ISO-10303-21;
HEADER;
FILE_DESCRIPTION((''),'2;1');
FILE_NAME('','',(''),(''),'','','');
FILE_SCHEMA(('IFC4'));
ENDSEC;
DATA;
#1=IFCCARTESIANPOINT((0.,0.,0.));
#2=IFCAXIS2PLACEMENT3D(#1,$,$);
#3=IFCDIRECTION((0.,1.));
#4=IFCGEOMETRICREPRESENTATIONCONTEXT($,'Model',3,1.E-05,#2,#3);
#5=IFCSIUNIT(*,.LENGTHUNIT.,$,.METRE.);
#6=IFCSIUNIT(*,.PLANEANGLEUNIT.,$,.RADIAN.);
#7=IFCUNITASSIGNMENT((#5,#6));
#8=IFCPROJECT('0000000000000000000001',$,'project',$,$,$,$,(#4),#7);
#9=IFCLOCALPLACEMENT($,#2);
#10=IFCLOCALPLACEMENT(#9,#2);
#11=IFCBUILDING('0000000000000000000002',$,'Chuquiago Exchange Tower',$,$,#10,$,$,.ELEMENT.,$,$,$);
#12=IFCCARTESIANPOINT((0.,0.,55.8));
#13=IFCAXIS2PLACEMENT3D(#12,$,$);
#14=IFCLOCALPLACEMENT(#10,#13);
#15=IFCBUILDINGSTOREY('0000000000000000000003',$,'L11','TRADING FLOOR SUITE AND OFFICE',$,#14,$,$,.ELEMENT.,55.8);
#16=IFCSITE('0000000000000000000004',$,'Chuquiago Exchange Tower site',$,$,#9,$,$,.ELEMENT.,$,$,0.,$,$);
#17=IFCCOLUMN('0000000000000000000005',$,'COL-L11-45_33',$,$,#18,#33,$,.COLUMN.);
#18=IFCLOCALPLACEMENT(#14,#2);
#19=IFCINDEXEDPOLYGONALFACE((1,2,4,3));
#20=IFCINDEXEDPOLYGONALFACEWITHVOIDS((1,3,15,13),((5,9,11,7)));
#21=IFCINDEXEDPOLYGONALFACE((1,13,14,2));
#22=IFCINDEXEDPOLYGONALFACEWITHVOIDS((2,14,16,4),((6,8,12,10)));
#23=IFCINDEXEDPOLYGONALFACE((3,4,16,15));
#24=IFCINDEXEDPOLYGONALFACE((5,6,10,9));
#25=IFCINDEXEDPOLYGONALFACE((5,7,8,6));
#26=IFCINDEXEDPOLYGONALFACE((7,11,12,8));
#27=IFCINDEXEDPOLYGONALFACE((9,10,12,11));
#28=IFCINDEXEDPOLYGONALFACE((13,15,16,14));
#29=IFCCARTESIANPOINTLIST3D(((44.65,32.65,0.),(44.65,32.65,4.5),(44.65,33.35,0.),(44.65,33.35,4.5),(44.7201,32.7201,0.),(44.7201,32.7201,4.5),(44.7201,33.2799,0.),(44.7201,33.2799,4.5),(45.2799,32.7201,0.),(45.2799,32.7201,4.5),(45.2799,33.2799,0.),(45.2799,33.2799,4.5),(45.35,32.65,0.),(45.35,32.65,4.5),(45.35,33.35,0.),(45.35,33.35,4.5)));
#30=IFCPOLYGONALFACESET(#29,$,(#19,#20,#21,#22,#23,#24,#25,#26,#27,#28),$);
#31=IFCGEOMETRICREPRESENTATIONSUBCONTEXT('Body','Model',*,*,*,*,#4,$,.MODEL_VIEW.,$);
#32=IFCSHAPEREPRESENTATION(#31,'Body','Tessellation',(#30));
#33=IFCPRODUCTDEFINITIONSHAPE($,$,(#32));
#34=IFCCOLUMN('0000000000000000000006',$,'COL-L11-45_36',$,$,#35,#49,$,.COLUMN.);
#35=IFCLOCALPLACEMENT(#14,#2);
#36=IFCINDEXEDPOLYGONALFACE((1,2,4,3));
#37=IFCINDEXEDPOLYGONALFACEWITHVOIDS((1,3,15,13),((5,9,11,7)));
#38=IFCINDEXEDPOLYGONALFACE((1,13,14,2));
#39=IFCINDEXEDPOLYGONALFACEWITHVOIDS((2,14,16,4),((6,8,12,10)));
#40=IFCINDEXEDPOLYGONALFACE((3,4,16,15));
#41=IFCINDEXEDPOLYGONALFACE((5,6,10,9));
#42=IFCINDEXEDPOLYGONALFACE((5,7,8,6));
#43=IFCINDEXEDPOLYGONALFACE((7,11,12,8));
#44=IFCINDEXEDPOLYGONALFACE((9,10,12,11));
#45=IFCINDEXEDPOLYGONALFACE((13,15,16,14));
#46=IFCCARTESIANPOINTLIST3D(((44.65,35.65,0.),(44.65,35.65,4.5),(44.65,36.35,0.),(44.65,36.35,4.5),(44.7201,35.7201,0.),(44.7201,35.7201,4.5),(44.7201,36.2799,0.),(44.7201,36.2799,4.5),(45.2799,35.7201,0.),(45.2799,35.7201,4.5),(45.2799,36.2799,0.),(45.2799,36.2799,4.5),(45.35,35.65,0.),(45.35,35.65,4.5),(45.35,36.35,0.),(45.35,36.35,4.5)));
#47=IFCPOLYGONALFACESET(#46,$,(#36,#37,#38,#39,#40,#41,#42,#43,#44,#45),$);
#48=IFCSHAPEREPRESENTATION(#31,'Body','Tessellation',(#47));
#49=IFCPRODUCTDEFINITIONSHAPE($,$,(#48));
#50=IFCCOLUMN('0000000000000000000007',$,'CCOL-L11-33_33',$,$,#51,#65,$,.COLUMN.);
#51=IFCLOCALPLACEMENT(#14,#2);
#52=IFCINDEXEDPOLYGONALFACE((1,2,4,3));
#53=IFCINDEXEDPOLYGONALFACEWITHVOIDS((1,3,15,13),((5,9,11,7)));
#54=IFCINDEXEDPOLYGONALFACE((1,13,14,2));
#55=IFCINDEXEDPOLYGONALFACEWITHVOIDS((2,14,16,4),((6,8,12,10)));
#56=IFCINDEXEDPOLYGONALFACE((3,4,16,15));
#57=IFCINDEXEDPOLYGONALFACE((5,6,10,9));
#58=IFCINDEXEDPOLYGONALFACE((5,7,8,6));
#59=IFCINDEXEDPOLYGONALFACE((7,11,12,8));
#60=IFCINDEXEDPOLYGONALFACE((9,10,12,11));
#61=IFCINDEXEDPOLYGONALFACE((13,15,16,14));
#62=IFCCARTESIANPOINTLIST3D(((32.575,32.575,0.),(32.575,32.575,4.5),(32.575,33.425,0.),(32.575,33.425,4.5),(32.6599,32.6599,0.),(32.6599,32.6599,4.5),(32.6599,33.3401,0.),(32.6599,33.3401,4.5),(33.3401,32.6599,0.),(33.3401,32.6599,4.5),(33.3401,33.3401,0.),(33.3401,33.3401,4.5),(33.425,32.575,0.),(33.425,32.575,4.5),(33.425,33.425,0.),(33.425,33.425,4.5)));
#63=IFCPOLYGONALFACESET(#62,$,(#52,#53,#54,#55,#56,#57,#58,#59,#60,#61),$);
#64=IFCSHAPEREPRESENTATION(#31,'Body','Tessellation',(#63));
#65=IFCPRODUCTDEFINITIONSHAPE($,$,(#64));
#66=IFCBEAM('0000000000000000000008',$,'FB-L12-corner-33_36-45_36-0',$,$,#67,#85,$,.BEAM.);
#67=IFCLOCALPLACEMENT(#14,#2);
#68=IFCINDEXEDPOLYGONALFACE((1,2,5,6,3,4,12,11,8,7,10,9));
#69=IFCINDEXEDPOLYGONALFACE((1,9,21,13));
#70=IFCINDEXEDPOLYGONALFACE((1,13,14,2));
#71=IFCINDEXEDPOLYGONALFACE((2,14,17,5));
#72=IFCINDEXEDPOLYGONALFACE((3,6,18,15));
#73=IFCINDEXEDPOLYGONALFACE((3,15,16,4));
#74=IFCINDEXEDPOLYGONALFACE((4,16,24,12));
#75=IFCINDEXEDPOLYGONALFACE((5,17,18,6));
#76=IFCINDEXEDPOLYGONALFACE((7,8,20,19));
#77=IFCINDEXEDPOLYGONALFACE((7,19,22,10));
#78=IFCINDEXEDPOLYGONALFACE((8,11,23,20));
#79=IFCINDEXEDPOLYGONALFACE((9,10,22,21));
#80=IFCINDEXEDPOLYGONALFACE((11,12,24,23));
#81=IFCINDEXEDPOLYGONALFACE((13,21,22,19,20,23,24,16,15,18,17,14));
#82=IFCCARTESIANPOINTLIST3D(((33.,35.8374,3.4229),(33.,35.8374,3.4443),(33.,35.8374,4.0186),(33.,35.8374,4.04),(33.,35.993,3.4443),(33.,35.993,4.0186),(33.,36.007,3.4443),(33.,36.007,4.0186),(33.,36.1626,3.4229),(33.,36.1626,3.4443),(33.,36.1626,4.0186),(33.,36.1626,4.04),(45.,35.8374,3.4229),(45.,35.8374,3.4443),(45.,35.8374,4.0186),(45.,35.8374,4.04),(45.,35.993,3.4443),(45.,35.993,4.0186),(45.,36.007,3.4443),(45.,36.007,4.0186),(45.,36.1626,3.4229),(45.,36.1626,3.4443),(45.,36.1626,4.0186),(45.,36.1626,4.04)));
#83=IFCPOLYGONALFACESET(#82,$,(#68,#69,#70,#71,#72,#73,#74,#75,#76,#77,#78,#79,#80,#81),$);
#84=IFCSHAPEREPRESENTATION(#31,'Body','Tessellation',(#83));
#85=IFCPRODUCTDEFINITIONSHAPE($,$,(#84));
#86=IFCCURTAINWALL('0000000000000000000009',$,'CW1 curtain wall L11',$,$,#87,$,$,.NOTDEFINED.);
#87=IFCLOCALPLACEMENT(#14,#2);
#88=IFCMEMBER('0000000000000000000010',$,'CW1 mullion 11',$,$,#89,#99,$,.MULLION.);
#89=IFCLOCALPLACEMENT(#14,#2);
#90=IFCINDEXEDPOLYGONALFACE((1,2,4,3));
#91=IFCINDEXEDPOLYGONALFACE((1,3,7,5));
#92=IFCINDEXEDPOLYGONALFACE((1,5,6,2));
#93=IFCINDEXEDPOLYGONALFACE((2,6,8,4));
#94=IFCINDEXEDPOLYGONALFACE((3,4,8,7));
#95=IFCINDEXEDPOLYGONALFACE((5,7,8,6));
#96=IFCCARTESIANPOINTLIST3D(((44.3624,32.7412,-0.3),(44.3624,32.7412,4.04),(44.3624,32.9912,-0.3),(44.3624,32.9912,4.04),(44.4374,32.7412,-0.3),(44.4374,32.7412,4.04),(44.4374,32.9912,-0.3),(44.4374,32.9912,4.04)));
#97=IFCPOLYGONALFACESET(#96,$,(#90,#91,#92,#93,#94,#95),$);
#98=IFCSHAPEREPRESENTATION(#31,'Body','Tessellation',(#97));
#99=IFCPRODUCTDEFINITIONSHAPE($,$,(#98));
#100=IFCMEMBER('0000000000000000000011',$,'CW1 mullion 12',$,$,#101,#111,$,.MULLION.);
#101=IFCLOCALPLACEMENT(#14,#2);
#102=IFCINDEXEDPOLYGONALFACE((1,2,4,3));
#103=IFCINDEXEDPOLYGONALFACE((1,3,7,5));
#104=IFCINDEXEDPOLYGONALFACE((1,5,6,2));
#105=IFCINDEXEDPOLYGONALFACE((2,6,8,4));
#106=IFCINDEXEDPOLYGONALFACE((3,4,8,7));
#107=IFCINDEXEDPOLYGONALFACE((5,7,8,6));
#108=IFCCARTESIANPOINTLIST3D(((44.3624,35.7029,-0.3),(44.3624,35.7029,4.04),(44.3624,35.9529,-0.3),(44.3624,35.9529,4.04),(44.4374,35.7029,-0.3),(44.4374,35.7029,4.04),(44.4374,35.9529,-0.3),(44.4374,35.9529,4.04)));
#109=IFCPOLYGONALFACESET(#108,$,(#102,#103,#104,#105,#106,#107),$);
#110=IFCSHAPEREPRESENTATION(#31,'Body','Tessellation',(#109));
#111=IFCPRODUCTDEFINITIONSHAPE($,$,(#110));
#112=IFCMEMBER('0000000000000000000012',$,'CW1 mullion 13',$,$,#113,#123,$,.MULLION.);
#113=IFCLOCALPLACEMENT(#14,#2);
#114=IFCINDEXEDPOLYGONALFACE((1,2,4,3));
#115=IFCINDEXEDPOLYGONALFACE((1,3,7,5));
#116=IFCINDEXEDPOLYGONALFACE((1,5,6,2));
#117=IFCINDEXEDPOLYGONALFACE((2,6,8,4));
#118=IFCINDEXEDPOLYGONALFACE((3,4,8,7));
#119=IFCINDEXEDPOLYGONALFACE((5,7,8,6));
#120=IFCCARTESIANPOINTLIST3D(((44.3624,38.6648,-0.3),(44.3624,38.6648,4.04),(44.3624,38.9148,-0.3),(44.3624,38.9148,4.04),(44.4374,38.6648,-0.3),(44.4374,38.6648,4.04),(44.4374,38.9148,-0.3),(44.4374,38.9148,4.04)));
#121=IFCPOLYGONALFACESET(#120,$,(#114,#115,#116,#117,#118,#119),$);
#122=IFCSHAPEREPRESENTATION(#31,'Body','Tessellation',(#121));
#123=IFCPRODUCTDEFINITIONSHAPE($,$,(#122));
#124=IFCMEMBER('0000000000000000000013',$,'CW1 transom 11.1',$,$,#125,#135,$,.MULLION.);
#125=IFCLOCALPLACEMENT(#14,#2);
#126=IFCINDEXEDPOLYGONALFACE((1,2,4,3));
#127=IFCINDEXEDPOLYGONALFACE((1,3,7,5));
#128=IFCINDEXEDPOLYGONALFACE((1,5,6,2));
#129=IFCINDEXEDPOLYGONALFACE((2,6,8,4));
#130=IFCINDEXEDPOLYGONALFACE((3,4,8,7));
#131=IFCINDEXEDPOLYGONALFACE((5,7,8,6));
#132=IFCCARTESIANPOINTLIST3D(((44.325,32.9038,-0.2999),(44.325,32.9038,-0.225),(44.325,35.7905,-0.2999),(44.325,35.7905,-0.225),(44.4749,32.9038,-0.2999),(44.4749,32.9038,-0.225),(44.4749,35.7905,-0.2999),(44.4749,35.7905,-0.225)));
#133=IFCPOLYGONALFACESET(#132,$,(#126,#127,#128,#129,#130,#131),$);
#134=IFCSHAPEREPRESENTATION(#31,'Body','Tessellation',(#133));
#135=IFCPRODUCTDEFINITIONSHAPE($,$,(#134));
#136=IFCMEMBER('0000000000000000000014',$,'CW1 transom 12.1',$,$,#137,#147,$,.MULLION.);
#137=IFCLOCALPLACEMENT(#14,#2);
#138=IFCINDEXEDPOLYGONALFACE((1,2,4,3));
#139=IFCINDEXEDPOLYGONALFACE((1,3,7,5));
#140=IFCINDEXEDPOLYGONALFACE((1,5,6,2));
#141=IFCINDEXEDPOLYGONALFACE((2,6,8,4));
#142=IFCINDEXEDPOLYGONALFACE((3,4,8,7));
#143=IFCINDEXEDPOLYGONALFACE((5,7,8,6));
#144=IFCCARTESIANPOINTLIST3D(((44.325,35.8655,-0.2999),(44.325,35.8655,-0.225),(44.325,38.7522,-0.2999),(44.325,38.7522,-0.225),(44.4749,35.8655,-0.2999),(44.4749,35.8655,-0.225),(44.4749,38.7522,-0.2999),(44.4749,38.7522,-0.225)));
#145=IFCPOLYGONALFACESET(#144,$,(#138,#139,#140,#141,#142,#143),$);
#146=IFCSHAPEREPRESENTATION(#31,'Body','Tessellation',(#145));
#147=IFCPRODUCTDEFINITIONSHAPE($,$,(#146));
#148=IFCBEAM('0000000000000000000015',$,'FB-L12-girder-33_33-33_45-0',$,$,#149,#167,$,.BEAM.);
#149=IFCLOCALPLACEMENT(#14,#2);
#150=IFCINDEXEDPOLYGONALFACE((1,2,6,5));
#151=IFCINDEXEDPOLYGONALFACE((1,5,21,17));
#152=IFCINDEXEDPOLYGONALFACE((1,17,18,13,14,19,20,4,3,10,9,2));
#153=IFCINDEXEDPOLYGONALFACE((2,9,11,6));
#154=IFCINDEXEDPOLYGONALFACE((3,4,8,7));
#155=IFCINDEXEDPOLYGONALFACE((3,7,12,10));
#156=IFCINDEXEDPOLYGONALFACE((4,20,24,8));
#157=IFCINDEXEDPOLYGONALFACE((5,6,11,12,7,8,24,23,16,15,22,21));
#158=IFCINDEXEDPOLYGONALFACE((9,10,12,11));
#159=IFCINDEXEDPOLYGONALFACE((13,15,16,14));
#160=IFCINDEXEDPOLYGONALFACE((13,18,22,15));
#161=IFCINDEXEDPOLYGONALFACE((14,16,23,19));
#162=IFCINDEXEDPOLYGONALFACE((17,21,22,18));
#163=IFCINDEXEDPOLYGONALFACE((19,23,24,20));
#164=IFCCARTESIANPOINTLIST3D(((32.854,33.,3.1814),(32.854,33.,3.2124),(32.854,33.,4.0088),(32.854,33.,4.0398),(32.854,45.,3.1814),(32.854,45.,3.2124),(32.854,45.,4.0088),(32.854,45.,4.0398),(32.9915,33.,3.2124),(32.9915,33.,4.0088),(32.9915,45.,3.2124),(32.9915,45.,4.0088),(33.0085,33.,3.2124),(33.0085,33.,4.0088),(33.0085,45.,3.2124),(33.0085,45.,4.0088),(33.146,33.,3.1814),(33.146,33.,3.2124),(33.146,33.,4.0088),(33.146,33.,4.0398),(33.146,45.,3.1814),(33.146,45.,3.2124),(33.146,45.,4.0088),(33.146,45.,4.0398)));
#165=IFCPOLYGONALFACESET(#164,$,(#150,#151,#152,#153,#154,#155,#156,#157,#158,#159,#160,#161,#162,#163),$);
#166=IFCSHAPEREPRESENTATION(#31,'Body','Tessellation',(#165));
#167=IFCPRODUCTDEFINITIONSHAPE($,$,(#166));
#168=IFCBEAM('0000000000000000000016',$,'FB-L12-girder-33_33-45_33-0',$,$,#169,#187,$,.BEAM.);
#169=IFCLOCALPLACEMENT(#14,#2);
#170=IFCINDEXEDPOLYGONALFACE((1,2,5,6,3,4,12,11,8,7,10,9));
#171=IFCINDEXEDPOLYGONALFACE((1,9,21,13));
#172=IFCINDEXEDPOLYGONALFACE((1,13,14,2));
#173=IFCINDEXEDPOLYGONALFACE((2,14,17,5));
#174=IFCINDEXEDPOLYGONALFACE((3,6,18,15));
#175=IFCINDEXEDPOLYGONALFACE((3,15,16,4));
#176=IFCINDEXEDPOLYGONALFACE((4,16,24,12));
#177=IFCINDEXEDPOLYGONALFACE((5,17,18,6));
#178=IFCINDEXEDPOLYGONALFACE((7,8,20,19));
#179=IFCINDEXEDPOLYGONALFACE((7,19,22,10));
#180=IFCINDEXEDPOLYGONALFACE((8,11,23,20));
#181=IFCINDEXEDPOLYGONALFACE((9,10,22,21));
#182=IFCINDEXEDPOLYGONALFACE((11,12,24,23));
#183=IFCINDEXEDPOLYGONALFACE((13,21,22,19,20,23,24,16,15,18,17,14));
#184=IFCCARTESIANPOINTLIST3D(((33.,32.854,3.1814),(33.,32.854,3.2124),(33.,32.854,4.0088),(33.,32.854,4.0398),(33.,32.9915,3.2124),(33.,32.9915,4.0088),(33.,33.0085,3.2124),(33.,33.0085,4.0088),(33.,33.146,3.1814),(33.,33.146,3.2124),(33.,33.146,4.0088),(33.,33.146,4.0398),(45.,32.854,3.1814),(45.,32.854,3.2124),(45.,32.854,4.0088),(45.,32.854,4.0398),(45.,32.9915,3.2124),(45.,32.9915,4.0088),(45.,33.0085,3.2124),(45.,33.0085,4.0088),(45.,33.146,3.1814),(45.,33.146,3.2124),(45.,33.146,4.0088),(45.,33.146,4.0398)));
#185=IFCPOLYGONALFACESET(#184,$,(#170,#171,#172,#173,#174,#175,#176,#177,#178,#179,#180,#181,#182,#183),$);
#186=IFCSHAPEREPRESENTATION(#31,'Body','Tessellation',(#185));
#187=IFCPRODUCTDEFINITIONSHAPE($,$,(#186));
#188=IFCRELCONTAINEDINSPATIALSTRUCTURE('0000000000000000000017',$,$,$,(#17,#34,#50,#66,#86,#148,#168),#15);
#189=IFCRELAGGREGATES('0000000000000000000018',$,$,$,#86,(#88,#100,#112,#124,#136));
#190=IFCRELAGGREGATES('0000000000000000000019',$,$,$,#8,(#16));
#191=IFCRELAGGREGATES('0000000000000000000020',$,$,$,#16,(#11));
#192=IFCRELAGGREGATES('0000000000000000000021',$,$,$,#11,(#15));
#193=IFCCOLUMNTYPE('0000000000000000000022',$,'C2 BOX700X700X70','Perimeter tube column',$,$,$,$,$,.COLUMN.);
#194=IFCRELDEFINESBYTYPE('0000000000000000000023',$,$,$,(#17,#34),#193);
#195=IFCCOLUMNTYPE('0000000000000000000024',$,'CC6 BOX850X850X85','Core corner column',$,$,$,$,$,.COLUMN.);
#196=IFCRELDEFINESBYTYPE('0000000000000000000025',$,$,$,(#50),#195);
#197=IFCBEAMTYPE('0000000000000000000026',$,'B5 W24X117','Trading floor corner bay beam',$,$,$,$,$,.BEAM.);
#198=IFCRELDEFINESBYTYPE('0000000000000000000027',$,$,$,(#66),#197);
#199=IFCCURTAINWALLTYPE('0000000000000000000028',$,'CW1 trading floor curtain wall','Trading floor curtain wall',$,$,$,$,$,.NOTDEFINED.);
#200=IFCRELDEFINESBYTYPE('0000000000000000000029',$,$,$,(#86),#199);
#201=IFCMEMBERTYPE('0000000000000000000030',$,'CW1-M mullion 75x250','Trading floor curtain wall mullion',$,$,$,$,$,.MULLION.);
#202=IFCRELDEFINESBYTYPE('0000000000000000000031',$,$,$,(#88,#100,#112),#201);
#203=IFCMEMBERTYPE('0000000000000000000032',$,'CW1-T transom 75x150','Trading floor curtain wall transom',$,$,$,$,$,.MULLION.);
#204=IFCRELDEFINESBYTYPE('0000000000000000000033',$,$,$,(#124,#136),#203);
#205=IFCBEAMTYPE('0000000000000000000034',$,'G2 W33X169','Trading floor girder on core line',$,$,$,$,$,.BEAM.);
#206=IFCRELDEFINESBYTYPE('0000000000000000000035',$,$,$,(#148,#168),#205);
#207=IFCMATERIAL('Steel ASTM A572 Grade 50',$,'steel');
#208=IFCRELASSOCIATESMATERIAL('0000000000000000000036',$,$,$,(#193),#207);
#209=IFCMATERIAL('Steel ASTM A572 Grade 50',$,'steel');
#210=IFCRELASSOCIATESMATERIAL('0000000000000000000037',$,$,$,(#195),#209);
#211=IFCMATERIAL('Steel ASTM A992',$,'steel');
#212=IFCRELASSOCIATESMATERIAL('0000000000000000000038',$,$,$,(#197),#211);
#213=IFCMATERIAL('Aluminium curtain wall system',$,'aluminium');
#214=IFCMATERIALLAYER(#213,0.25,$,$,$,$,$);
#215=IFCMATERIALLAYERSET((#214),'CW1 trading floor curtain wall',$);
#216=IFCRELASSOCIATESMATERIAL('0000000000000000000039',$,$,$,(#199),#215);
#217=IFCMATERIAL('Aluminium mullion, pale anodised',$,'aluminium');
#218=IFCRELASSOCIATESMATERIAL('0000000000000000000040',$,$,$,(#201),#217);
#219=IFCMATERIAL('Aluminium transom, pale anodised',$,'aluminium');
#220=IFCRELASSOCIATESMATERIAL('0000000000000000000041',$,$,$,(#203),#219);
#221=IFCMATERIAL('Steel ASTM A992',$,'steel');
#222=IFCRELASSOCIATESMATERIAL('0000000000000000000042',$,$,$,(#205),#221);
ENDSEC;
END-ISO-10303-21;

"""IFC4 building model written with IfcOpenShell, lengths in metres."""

from ifc_helpers import new_model, si_unit, direction, frame, origin, origin_2d, place, context, subcontext, project, spatial, rectangle, hollow_rectangle, i_section, extrude, material, layer, layer_set, material_profile, profile_set, type_object, element, aggregate, save


model = new_model("IFC4")

# Units and contexts
model_context = context("Model", 3, precision=1e-05, world=origin(), true_north=direction((0.0, 1.0)))
body_context = subcontext(model_context, "Body", "Model", "MODEL_VIEW")
ifc_project = project(units=[si_unit("LENGTHUNIT", "METRE"), si_unit("PLANEANGLEUNIT", "RADIAN")], contexts=[model_context])

# Site, building, storey
site_placement = place(None, origin())
site = spatial("IfcSite", under=ifc_project, at=site_placement, Name="Chuquiago Exchange Tower site", CompositionType="ELEMENT", RefElevation=0.0)
building_placement = place(site_placement, origin())
building = spatial("IfcBuilding", under=site, at=building_placement, Name="Chuquiago Exchange Tower", CompositionType="ELEMENT")
storey_placement = place(building_placement, frame((0.0, 0.0, 55.8)))
storey = spatial("IfcBuildingStorey", under=building, at=storey_placement, Name="L11", Description="TRADING FLOOR SUITE AND OFFICE", CompositionType="ELEMENT", Elevation=55.8)

# Columns
ifc_material_1 = material(Name="Steel ASTM A572 Grade 50", Category="steel")
ifc_material_profile_1 = material_profile(ifc_material_1, hollow_rectangle(XDim=0.7, YDim=0.7, WallThickness=0.0701, at=origin_2d()), Name="BOX700X700X70")
ifc_profile_set_1 = profile_set([ifc_material_profile_1], Name="Steel ASTM A572 Grade 50")
column_type_1 = type_object("IfcColumnType", Name="C2 BOX700X700X70", Description="Perimeter tube column", PredefinedType="COLUMN", material=ifc_profile_set_1)
for number, where, z_axis, x_axis, name in (
    (1, (45.0, 33.0, 0.0), (0.0, 0.0, 1.0), (1.0, 0.0, 0.0), "COL-L11-45_33"),
    (2, (45.0, 36.0, 0.0), (0.0, 0.0, 1.0), (1.0, 0.0, 0.0), "COL-L11-45_36"),
):
    element("IfcColumn", number, at=place(storey_placement, frame(where, z_axis=z_axis, x_axis=x_axis)), inside=storey, type_object=column_type_1, Name=name, PredefinedType="COLUMN", context=body_context, shape_type="SweptSolid", body=[
        extrude(hollow_rectangle(XDim=0.7, YDim=0.7, WallThickness=0.0701, at=origin_2d()), origin(), (0.0, 0.0, 1.0), 4.5),
    ])
ifc_material_2 = material(Name="Steel ASTM A572 Grade 50", Category="steel")
ifc_material_profile_2 = material_profile(ifc_material_2, hollow_rectangle(XDim=0.8501, YDim=0.8501, WallThickness=0.085, at=origin_2d()), Name="BOX850X850X85")
ifc_profile_set_2 = profile_set([ifc_material_profile_2], Name="Steel ASTM A572 Grade 50")
column_type_2 = type_object("IfcColumnType", Name="CC6 BOX850X850X85", Description="Core corner column", PredefinedType="COLUMN", material=ifc_profile_set_2)
column_placement = place(storey_placement, frame((33.0, 33.0, 0.0), z_axis=(0.0, 0.0, 1.0), x_axis=(1.0, 0.0, 0.0)))
element("IfcColumn", 3, at=column_placement, inside=storey, type_object=column_type_2, Name="CCOL-L11-33_33", PredefinedType="COLUMN", context=body_context, shape_type="SweptSolid", body=[
    extrude(hollow_rectangle(XDim=0.8501, YDim=0.8501, WallThickness=0.085, at=origin_2d()), origin(), (0.0, 0.0, 1.0), 4.5),
])

# Beam
ifc_material_3 = material(Name="Steel ASTM A992", Category="steel")
ifc_material_profile_3 = material_profile(ifc_material_3, i_section(OverallWidth=0.3252, OverallDepth=0.6172, WebThickness=0.0139, FlangeThickness=0.0215, at=origin_2d()), Name="W24X117")
ifc_profile_set_3 = profile_set([ifc_material_profile_3], Name="Steel ASTM A992")
beam_type_1 = type_object("IfcBeamType", Name="B5 W24X117", Description="Trading floor corner bay beam", PredefinedType="BEAM", material=ifc_profile_set_3)
beam_placement = place(storey_placement, frame((33.0, 36.0, 3.7314), z_axis=(1.0, 0.0, 0.0), x_axis=(0.0, 1.0, 0.0)))
element("IfcBeam", 4, at=beam_placement, inside=storey, type_object=beam_type_1, Name="FB-L12-corner-33_36-45_36-0", PredefinedType="BEAM", context=body_context, shape_type="SweptSolid", body=[
    extrude(i_section(OverallWidth=0.3252, OverallDepth=0.6172, WebThickness=0.0139, FlangeThickness=0.0215, at=origin_2d()), origin(), (0.0, 0.0, 1.0), 12.0),
])

# Curtain wall, members
ifc_material_4 = material(Name="Aluminium curtain wall system", Category="aluminium")
ifc_layer_1 = layer(ifc_material_4, 0.25)
ifc_layer_set_1 = layer_set([ifc_layer_1], Name="CW1 trading floor curtain wall")
curtain_wall_type = type_object("IfcCurtainWallType", Name="CW1 trading floor curtain wall", Description="Trading floor curtain wall", PredefinedType="NOTDEFINED", material=ifc_layer_set_1)
curtain_wall_placement = place(storey_placement, origin())
curtain_wall = element("IfcCurtainWall", 5, at=curtain_wall_placement, inside=storey, type_object=curtain_wall_type, Name="CW1 curtain wall L11", PredefinedType="NOTDEFINED")
ifc_material_5 = material(Name="Aluminium mullion, pale anodised", Category="aluminium")
ifc_material_profile_4 = material_profile(ifc_material_5, rectangle(XDim=0.075, YDim=0.25, at=origin_2d()), Name="AL 75x250")
ifc_profile_set_4 = profile_set([ifc_material_profile_4], Name="Aluminium mullion, pale anodised")
member_type_1 = type_object("IfcMemberType", Name="CW1-M mullion 75x250", Description="Trading floor curtain wall mullion", PredefinedType="MULLION", material=ifc_profile_set_4)
member_1_placement = place(storey_placement, frame((44.3999, 32.8662, -0.3), z_axis=(0.0, 0.0, 1.0), x_axis=(-1.0, 0.0, 0.0)))
member_1 = element("IfcMember", 6, at=member_1_placement, type_object=member_type_1, Name="CW1 mullion 11", PredefinedType="MULLION", context=body_context, shape_type="SweptSolid", body=[
    extrude(rectangle(XDim=0.075, YDim=0.25, at=origin_2d()), origin(), (0.0, 0.0, 1.0), 4.3401),
])
member_2_placement = place(storey_placement, frame((44.3999, 35.8279, -0.3), z_axis=(0.0, 0.0, 1.0), x_axis=(-1.0, 0.0, 0.0)))
member_2 = element("IfcMember", 7, at=member_2_placement, type_object=member_type_1, Name="CW1 mullion 12", PredefinedType="MULLION", context=body_context, shape_type="SweptSolid", body=[
    extrude(rectangle(XDim=0.075, YDim=0.25, at=origin_2d()), origin(), (0.0, 0.0, 1.0), 4.3401),
])
member_3_placement = place(storey_placement, frame((44.3999, 38.7898, -0.3), z_axis=(0.0, 0.0, 1.0), x_axis=(-1.0, 0.0, 0.0)))
member_3 = element("IfcMember", 8, at=member_3_placement, type_object=member_type_1, Name="CW1 mullion 13", PredefinedType="MULLION", context=body_context, shape_type="SweptSolid", body=[
    extrude(rectangle(XDim=0.075, YDim=0.25, at=origin_2d()), origin(), (0.0, 0.0, 1.0), 4.3401),
])
ifc_material_6 = material(Name="Aluminium transom, pale anodised", Category="aluminium")
ifc_material_profile_5 = material_profile(ifc_material_6, rectangle(XDim=0.1499, YDim=0.075, at=origin_2d()), Name="AL 150x75")
ifc_profile_set_5 = profile_set([ifc_material_profile_5], Name="Aluminium transom, pale anodised")
member_type_2 = type_object("IfcMemberType", Name="CW1-T transom 75x150", Description="Trading floor curtain wall transom", PredefinedType="MULLION", material=ifc_profile_set_5)
member_4_placement = place(storey_placement, frame((44.3999, 32.9038, -0.2625), z_axis=(0.0, 1.0, 0.0), x_axis=(-1.0, 0.0, 0.0)))
member_4 = element("IfcMember", 9, at=member_4_placement, type_object=member_type_2, Name="CW1 transom 11.1", PredefinedType="MULLION", context=body_context, shape_type="SweptSolid", body=[
    extrude(rectangle(XDim=0.1499, YDim=0.075, at=origin_2d()), origin(), (0.0, 0.0, 1.0), 2.8867),
])
member_5_placement = place(storey_placement, frame((44.3999, 35.8655, -0.2625), z_axis=(0.0, 1.0, 0.0), x_axis=(-1.0, 0.0, 0.0)))
member_5 = element("IfcMember", 10, at=member_5_placement, type_object=member_type_2, Name="CW1 transom 12.1", PredefinedType="MULLION", context=body_context, shape_type="SweptSolid", body=[
    extrude(rectangle(XDim=0.1499, YDim=0.075, at=origin_2d()), origin(), (0.0, 0.0, 1.0), 2.8867),
])

# Beams
ifc_material_7 = material(Name="Steel ASTM A992", Category="steel")
ifc_material_profile_6 = material_profile(ifc_material_7, i_section(OverallWidth=0.292, OverallDepth=0.8584, WebThickness=0.0171, FlangeThickness=0.031, at=origin_2d()), Name="W33X169")
ifc_profile_set_6 = profile_set([ifc_material_profile_6], Name="Steel ASTM A992")
beam_type_2 = type_object("IfcBeamType", Name="G2 W33X169", Description="Trading floor girder on core line", PredefinedType="BEAM", material=ifc_profile_set_6)
for number, where, z_axis, x_axis, name in (
    (11, (33.0, 33.0, 3.6106), (0.0, 1.0, 0.0), (-1.0, 0.0, 0.0), "FB-L12-girder-33_33-33_45-0"),
    (12, (33.0, 33.0, 3.6106), (1.0, 0.0, 0.0), (0.0, 1.0, 0.0), "FB-L12-girder-33_33-45_33-0"),
):
    element("IfcBeam", number, at=place(storey_placement, frame(where, z_axis=z_axis, x_axis=x_axis)), inside=storey, type_object=beam_type_2, Name=name, PredefinedType="BEAM", context=body_context, shape_type="SweptSolid", body=[
        extrude(i_section(OverallWidth=0.292, OverallDepth=0.8584, WebThickness=0.0171, FlangeThickness=0.031, at=origin_2d()), origin(), (0.0, 0.0, 1.0), 12.0),
    ])

aggregate(curtain_wall, [member_1, member_2, member_3, member_4, member_5])

save(model, "model.ifc")
